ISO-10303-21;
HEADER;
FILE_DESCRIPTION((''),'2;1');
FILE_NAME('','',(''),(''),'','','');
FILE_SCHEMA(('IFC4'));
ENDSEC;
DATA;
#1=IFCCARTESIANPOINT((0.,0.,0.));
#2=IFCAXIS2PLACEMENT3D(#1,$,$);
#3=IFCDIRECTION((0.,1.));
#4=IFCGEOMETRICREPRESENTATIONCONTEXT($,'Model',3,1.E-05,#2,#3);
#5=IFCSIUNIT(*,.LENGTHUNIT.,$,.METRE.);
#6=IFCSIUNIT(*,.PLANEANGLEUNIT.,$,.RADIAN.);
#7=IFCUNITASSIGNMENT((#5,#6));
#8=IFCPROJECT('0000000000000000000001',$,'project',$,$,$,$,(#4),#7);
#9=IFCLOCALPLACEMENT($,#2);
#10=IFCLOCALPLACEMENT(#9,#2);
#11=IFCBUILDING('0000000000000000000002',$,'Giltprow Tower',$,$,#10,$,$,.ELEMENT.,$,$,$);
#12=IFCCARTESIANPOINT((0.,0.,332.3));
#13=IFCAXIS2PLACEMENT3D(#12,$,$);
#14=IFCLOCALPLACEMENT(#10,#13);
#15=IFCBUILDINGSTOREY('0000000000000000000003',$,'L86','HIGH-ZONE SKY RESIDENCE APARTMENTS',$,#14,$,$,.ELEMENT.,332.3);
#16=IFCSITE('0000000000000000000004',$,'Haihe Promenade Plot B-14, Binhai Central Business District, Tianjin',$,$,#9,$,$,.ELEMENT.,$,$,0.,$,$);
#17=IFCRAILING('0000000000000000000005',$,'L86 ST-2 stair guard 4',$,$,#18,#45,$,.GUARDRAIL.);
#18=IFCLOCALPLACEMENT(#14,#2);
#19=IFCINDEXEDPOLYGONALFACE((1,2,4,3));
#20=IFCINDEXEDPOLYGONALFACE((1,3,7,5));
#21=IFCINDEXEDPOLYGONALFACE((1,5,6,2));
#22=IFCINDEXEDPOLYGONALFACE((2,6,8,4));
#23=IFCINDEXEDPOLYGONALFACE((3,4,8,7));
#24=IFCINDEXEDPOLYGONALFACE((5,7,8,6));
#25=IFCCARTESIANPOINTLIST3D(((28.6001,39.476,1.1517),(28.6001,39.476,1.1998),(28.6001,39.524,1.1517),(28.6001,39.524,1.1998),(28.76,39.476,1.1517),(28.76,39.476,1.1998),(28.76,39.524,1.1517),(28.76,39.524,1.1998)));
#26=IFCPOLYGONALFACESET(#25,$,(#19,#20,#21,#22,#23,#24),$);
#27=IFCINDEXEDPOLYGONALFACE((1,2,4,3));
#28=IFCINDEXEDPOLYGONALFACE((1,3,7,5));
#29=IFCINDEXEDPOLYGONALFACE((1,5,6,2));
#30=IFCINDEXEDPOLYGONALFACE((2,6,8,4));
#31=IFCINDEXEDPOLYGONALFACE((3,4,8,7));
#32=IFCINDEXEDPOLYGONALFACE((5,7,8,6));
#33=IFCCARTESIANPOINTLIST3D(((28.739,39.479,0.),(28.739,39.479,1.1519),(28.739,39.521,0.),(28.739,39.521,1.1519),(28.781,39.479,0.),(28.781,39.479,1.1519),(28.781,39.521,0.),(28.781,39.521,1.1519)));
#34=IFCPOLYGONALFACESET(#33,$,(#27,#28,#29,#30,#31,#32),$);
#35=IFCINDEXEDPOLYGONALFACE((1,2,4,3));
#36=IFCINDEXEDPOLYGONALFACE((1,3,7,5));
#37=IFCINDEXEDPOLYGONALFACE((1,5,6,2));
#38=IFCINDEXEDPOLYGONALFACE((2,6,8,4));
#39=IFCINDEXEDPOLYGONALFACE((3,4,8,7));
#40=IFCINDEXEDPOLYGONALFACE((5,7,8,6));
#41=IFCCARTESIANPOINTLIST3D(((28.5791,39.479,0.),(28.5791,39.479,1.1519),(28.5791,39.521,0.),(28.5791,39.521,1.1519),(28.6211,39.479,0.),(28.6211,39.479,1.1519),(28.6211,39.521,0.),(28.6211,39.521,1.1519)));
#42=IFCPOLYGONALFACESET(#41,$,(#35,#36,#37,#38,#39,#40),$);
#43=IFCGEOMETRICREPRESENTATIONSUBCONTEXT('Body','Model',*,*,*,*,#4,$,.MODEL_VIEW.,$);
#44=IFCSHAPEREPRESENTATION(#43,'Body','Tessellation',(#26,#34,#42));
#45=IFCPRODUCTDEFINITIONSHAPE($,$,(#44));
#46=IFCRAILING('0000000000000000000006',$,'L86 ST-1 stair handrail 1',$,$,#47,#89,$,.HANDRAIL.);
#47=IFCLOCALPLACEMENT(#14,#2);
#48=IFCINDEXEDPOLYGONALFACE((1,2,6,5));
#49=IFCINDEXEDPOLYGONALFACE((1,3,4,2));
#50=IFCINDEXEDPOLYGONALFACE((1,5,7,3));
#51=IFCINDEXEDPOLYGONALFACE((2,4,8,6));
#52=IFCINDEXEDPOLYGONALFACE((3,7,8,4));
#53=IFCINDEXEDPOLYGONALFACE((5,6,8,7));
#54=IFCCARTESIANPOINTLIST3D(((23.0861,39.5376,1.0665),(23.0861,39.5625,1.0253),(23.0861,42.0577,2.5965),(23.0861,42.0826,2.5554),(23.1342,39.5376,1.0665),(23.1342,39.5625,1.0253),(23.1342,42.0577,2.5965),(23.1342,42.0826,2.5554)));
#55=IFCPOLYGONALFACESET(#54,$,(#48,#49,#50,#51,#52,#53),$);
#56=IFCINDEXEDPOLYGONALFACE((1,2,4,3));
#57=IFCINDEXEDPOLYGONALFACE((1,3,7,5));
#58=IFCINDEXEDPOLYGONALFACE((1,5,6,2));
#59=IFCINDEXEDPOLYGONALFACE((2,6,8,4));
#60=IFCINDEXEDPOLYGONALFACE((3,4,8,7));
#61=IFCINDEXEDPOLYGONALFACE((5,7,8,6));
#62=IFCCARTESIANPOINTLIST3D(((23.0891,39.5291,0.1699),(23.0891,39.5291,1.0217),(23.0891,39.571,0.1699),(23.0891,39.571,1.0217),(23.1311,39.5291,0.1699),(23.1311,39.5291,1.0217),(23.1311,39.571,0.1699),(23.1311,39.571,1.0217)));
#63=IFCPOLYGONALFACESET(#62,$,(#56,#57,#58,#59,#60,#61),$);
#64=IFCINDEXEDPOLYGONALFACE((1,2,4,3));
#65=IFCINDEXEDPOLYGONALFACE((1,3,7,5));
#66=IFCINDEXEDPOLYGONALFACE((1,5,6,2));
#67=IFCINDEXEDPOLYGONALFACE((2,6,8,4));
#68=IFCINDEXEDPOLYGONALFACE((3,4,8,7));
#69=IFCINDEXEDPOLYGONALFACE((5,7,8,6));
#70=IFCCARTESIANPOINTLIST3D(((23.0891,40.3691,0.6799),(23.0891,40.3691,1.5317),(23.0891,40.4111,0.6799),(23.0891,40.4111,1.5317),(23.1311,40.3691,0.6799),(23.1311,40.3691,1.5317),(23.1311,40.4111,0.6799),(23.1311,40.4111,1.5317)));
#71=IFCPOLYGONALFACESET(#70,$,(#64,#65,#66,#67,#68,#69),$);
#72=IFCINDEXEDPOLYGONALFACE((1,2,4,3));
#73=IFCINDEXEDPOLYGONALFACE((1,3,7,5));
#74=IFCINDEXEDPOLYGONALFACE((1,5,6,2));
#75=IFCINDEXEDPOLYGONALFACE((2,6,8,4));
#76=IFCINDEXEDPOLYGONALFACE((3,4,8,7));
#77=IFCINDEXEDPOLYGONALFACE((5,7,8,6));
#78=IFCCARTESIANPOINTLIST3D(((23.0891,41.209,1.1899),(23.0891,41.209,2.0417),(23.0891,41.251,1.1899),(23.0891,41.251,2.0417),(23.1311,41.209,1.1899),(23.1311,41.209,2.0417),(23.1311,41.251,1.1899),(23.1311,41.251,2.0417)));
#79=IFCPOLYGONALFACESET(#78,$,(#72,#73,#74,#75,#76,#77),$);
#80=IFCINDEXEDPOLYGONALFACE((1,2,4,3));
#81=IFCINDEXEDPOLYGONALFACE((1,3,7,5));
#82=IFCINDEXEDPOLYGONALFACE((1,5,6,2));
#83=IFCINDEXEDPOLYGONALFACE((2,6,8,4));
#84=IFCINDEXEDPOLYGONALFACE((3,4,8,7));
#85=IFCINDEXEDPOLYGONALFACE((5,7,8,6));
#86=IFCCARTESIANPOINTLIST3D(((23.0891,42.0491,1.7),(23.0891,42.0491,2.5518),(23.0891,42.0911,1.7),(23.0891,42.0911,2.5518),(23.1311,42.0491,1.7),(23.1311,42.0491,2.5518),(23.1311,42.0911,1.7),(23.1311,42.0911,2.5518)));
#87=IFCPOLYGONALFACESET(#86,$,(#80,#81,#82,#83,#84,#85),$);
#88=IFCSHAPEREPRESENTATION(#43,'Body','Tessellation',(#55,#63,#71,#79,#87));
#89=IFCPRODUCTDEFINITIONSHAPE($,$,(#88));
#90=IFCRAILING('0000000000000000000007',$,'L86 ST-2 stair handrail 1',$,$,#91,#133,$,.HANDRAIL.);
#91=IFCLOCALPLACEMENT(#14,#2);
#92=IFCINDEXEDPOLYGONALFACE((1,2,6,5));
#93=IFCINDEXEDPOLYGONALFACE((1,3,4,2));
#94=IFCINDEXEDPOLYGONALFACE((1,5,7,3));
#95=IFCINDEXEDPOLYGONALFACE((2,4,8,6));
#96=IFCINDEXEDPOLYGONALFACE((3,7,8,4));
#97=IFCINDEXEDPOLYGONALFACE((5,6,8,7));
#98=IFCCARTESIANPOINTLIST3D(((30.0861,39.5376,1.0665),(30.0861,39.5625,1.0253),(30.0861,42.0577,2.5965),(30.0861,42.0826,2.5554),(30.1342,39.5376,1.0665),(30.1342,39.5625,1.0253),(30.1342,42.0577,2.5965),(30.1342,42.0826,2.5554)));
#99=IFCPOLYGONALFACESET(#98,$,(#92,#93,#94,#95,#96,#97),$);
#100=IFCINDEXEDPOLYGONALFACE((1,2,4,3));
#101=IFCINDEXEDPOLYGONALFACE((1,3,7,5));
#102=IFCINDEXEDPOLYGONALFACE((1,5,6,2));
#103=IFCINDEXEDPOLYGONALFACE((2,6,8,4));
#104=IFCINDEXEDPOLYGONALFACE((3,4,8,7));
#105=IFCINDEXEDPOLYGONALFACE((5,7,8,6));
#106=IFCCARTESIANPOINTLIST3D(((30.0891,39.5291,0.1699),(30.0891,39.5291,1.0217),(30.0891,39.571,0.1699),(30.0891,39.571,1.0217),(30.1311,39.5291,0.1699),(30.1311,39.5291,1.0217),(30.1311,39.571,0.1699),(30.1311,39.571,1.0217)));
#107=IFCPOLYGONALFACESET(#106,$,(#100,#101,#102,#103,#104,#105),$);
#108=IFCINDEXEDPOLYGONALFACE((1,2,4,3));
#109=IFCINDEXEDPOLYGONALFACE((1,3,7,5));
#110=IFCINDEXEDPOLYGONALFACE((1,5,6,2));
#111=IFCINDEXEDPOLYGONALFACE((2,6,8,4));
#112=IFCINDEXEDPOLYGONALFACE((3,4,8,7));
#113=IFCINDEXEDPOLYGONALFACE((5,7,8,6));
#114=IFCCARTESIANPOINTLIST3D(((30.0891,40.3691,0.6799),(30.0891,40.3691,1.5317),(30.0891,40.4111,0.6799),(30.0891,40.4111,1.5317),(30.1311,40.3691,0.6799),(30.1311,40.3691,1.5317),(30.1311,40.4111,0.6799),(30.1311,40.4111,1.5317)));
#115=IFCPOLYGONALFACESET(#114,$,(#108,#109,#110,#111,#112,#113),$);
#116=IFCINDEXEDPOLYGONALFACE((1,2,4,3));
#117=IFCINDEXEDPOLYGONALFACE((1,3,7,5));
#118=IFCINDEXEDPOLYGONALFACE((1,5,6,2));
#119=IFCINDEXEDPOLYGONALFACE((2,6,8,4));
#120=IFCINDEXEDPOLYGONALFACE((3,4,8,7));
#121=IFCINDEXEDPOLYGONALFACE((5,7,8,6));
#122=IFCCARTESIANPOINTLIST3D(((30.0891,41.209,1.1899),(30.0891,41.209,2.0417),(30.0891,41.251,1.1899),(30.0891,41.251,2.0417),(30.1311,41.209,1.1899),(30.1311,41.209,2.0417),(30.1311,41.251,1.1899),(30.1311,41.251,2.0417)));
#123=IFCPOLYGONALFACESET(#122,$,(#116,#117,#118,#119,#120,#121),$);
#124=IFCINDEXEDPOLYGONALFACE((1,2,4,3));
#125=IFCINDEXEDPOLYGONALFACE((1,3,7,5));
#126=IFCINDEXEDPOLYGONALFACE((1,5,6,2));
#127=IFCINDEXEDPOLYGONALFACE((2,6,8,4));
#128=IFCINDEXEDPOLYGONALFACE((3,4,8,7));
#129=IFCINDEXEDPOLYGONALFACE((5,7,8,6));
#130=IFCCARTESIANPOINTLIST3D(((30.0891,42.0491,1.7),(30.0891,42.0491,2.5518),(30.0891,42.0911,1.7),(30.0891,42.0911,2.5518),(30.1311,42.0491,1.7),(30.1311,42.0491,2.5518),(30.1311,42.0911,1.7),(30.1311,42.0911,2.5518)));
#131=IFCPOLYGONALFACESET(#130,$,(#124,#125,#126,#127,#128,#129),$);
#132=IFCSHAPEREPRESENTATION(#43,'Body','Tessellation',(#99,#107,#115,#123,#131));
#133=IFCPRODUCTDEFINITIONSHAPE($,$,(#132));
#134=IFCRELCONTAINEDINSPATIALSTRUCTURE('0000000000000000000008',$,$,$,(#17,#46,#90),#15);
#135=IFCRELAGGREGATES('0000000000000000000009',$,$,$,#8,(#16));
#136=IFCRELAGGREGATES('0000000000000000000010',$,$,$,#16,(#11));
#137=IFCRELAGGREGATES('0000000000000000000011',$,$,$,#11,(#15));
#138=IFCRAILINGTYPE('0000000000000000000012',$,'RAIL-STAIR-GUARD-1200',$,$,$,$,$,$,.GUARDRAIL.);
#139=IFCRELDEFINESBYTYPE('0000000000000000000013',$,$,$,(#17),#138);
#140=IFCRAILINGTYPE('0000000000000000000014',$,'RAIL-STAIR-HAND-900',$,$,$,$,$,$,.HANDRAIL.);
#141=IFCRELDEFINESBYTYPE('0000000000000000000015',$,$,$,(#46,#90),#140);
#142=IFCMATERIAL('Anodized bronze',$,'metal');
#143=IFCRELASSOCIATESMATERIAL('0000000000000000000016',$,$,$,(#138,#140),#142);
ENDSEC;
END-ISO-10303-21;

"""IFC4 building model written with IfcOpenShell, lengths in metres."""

from ifc_helpers import new_model, si_unit, direction, frame, origin, origin_2d, place, context, subcontext, project, spatial, rectangle, extrude, material, type_object, element, save


model = new_model("IFC4")

# Units and contexts
model_context = context("Model", 3, precision=1e-05, world=origin(), true_north=direction((0.0, 1.0)))
body_context = subcontext(model_context, "Body", "Model", "MODEL_VIEW")
ifc_project = project(units=[si_unit("LENGTHUNIT", "METRE"), si_unit("PLANEANGLEUNIT", "RADIAN")], contexts=[model_context])

# Site, building, storey
site_placement = place(None, origin())
site = spatial("IfcSite", under=ifc_project, at=site_placement, Name="Haihe Promenade Plot B-14, Binhai Central Business District, Tianjin", CompositionType="ELEMENT", RefElevation=0.0)
building_placement = place(site_placement, origin())
building = spatial("IfcBuilding", under=site, at=building_placement, Name="Giltprow Tower", CompositionType="ELEMENT")
storey_placement = place(building_placement, frame((0.0, 0.0, 332.3)))
storey = spatial("IfcBuildingStorey", under=building, at=storey_placement, Name="L86", Description="HIGH-ZONE SKY RESIDENCE APARTMENTS", CompositionType="ELEMENT", Elevation=332.3)

# Railings
ifc_material_1 = material(Name="Anodized bronze", Category="metal")
railing_type_1 = type_object("IfcRailingType", Name="RAIL-STAIR-GUARD-1200", PredefinedType="GUARDRAIL", material=ifc_material_1)
railing_1_placement = place(storey_placement, frame((28.76, 39.5, 0.0)))
element("IfcRailing", 1, at=railing_1_placement, inside=storey, type_object=railing_type_1, Name="L86 ST-2 stair guard 4", PredefinedType="GUARDRAIL", context=body_context, shape_type="SweptSolid", body=[
    extrude(rectangle(XDim=0.0481, YDim=0.0481, at=origin_2d()), frame((0.0, 0.0, 1.1758), z_axis=(-1.0, 0.0, 0.0), x_axis=(0.0, -1.0, 0.0)), (0.0, 0.0, 1.0), 0.1599),
    extrude(rectangle(XDim=0.042, YDim=0.042, at=origin_2d()), origin(), (0.0, 0.0, 1.0), 1.1519),
    extrude(rectangle(XDim=0.042, YDim=0.042, at=origin_2d()), frame((-0.1599, 0.0, 0.0)), (0.0, 0.0, 1.0), 1.1519),
])
railing_type_2 = type_object("IfcRailingType", Name="RAIL-STAIR-HAND-900", PredefinedType="HANDRAIL", material=ifc_material_1)
for number, where, name in (
    (2, (23.1101, 39.55, 0.1699), "L86 ST-1 stair handrail 1"),
    (3, (30.1101, 39.55, 0.1699), "L86 ST-2 stair handrail 1"),
):
    element("IfcRailing", number, at=place(storey_placement, frame(where)), inside=storey, type_object=railing_type_2, Name=name, PredefinedType="HANDRAIL", context=body_context, shape_type="SweptSolid", body=[
        extrude(rectangle(XDim=0.0481, YDim=0.0481, at=origin_2d()), frame((0.0, 0.0, 0.876), z_axis=(0.0, 0.854785, 0.518982), x_axis=(-1.0, 0.0, 0.0)), (0.0, 0.0, 1.0), 2.9482),
        extrude(rectangle(XDim=0.042, YDim=0.042, at=origin_2d()), origin(), (0.0, 0.0, 1.0), 0.8518),
        extrude(rectangle(XDim=0.042, YDim=0.042, at=origin_2d()), frame((0.0, 0.8401, 0.51)), (0.0, 0.0, 1.0), 0.8518),
        extrude(rectangle(XDim=0.042, YDim=0.042, at=origin_2d()), frame((0.0, 1.6799, 1.02)), (0.0, 0.0, 1.0), 0.8518),
        extrude(rectangle(XDim=0.042, YDim=0.042, at=origin_2d()), frame((0.0, 2.52, 1.53)), (0.0, 0.0, 1.0), 0.8518),
    ])

save(model, "model.ifc")
